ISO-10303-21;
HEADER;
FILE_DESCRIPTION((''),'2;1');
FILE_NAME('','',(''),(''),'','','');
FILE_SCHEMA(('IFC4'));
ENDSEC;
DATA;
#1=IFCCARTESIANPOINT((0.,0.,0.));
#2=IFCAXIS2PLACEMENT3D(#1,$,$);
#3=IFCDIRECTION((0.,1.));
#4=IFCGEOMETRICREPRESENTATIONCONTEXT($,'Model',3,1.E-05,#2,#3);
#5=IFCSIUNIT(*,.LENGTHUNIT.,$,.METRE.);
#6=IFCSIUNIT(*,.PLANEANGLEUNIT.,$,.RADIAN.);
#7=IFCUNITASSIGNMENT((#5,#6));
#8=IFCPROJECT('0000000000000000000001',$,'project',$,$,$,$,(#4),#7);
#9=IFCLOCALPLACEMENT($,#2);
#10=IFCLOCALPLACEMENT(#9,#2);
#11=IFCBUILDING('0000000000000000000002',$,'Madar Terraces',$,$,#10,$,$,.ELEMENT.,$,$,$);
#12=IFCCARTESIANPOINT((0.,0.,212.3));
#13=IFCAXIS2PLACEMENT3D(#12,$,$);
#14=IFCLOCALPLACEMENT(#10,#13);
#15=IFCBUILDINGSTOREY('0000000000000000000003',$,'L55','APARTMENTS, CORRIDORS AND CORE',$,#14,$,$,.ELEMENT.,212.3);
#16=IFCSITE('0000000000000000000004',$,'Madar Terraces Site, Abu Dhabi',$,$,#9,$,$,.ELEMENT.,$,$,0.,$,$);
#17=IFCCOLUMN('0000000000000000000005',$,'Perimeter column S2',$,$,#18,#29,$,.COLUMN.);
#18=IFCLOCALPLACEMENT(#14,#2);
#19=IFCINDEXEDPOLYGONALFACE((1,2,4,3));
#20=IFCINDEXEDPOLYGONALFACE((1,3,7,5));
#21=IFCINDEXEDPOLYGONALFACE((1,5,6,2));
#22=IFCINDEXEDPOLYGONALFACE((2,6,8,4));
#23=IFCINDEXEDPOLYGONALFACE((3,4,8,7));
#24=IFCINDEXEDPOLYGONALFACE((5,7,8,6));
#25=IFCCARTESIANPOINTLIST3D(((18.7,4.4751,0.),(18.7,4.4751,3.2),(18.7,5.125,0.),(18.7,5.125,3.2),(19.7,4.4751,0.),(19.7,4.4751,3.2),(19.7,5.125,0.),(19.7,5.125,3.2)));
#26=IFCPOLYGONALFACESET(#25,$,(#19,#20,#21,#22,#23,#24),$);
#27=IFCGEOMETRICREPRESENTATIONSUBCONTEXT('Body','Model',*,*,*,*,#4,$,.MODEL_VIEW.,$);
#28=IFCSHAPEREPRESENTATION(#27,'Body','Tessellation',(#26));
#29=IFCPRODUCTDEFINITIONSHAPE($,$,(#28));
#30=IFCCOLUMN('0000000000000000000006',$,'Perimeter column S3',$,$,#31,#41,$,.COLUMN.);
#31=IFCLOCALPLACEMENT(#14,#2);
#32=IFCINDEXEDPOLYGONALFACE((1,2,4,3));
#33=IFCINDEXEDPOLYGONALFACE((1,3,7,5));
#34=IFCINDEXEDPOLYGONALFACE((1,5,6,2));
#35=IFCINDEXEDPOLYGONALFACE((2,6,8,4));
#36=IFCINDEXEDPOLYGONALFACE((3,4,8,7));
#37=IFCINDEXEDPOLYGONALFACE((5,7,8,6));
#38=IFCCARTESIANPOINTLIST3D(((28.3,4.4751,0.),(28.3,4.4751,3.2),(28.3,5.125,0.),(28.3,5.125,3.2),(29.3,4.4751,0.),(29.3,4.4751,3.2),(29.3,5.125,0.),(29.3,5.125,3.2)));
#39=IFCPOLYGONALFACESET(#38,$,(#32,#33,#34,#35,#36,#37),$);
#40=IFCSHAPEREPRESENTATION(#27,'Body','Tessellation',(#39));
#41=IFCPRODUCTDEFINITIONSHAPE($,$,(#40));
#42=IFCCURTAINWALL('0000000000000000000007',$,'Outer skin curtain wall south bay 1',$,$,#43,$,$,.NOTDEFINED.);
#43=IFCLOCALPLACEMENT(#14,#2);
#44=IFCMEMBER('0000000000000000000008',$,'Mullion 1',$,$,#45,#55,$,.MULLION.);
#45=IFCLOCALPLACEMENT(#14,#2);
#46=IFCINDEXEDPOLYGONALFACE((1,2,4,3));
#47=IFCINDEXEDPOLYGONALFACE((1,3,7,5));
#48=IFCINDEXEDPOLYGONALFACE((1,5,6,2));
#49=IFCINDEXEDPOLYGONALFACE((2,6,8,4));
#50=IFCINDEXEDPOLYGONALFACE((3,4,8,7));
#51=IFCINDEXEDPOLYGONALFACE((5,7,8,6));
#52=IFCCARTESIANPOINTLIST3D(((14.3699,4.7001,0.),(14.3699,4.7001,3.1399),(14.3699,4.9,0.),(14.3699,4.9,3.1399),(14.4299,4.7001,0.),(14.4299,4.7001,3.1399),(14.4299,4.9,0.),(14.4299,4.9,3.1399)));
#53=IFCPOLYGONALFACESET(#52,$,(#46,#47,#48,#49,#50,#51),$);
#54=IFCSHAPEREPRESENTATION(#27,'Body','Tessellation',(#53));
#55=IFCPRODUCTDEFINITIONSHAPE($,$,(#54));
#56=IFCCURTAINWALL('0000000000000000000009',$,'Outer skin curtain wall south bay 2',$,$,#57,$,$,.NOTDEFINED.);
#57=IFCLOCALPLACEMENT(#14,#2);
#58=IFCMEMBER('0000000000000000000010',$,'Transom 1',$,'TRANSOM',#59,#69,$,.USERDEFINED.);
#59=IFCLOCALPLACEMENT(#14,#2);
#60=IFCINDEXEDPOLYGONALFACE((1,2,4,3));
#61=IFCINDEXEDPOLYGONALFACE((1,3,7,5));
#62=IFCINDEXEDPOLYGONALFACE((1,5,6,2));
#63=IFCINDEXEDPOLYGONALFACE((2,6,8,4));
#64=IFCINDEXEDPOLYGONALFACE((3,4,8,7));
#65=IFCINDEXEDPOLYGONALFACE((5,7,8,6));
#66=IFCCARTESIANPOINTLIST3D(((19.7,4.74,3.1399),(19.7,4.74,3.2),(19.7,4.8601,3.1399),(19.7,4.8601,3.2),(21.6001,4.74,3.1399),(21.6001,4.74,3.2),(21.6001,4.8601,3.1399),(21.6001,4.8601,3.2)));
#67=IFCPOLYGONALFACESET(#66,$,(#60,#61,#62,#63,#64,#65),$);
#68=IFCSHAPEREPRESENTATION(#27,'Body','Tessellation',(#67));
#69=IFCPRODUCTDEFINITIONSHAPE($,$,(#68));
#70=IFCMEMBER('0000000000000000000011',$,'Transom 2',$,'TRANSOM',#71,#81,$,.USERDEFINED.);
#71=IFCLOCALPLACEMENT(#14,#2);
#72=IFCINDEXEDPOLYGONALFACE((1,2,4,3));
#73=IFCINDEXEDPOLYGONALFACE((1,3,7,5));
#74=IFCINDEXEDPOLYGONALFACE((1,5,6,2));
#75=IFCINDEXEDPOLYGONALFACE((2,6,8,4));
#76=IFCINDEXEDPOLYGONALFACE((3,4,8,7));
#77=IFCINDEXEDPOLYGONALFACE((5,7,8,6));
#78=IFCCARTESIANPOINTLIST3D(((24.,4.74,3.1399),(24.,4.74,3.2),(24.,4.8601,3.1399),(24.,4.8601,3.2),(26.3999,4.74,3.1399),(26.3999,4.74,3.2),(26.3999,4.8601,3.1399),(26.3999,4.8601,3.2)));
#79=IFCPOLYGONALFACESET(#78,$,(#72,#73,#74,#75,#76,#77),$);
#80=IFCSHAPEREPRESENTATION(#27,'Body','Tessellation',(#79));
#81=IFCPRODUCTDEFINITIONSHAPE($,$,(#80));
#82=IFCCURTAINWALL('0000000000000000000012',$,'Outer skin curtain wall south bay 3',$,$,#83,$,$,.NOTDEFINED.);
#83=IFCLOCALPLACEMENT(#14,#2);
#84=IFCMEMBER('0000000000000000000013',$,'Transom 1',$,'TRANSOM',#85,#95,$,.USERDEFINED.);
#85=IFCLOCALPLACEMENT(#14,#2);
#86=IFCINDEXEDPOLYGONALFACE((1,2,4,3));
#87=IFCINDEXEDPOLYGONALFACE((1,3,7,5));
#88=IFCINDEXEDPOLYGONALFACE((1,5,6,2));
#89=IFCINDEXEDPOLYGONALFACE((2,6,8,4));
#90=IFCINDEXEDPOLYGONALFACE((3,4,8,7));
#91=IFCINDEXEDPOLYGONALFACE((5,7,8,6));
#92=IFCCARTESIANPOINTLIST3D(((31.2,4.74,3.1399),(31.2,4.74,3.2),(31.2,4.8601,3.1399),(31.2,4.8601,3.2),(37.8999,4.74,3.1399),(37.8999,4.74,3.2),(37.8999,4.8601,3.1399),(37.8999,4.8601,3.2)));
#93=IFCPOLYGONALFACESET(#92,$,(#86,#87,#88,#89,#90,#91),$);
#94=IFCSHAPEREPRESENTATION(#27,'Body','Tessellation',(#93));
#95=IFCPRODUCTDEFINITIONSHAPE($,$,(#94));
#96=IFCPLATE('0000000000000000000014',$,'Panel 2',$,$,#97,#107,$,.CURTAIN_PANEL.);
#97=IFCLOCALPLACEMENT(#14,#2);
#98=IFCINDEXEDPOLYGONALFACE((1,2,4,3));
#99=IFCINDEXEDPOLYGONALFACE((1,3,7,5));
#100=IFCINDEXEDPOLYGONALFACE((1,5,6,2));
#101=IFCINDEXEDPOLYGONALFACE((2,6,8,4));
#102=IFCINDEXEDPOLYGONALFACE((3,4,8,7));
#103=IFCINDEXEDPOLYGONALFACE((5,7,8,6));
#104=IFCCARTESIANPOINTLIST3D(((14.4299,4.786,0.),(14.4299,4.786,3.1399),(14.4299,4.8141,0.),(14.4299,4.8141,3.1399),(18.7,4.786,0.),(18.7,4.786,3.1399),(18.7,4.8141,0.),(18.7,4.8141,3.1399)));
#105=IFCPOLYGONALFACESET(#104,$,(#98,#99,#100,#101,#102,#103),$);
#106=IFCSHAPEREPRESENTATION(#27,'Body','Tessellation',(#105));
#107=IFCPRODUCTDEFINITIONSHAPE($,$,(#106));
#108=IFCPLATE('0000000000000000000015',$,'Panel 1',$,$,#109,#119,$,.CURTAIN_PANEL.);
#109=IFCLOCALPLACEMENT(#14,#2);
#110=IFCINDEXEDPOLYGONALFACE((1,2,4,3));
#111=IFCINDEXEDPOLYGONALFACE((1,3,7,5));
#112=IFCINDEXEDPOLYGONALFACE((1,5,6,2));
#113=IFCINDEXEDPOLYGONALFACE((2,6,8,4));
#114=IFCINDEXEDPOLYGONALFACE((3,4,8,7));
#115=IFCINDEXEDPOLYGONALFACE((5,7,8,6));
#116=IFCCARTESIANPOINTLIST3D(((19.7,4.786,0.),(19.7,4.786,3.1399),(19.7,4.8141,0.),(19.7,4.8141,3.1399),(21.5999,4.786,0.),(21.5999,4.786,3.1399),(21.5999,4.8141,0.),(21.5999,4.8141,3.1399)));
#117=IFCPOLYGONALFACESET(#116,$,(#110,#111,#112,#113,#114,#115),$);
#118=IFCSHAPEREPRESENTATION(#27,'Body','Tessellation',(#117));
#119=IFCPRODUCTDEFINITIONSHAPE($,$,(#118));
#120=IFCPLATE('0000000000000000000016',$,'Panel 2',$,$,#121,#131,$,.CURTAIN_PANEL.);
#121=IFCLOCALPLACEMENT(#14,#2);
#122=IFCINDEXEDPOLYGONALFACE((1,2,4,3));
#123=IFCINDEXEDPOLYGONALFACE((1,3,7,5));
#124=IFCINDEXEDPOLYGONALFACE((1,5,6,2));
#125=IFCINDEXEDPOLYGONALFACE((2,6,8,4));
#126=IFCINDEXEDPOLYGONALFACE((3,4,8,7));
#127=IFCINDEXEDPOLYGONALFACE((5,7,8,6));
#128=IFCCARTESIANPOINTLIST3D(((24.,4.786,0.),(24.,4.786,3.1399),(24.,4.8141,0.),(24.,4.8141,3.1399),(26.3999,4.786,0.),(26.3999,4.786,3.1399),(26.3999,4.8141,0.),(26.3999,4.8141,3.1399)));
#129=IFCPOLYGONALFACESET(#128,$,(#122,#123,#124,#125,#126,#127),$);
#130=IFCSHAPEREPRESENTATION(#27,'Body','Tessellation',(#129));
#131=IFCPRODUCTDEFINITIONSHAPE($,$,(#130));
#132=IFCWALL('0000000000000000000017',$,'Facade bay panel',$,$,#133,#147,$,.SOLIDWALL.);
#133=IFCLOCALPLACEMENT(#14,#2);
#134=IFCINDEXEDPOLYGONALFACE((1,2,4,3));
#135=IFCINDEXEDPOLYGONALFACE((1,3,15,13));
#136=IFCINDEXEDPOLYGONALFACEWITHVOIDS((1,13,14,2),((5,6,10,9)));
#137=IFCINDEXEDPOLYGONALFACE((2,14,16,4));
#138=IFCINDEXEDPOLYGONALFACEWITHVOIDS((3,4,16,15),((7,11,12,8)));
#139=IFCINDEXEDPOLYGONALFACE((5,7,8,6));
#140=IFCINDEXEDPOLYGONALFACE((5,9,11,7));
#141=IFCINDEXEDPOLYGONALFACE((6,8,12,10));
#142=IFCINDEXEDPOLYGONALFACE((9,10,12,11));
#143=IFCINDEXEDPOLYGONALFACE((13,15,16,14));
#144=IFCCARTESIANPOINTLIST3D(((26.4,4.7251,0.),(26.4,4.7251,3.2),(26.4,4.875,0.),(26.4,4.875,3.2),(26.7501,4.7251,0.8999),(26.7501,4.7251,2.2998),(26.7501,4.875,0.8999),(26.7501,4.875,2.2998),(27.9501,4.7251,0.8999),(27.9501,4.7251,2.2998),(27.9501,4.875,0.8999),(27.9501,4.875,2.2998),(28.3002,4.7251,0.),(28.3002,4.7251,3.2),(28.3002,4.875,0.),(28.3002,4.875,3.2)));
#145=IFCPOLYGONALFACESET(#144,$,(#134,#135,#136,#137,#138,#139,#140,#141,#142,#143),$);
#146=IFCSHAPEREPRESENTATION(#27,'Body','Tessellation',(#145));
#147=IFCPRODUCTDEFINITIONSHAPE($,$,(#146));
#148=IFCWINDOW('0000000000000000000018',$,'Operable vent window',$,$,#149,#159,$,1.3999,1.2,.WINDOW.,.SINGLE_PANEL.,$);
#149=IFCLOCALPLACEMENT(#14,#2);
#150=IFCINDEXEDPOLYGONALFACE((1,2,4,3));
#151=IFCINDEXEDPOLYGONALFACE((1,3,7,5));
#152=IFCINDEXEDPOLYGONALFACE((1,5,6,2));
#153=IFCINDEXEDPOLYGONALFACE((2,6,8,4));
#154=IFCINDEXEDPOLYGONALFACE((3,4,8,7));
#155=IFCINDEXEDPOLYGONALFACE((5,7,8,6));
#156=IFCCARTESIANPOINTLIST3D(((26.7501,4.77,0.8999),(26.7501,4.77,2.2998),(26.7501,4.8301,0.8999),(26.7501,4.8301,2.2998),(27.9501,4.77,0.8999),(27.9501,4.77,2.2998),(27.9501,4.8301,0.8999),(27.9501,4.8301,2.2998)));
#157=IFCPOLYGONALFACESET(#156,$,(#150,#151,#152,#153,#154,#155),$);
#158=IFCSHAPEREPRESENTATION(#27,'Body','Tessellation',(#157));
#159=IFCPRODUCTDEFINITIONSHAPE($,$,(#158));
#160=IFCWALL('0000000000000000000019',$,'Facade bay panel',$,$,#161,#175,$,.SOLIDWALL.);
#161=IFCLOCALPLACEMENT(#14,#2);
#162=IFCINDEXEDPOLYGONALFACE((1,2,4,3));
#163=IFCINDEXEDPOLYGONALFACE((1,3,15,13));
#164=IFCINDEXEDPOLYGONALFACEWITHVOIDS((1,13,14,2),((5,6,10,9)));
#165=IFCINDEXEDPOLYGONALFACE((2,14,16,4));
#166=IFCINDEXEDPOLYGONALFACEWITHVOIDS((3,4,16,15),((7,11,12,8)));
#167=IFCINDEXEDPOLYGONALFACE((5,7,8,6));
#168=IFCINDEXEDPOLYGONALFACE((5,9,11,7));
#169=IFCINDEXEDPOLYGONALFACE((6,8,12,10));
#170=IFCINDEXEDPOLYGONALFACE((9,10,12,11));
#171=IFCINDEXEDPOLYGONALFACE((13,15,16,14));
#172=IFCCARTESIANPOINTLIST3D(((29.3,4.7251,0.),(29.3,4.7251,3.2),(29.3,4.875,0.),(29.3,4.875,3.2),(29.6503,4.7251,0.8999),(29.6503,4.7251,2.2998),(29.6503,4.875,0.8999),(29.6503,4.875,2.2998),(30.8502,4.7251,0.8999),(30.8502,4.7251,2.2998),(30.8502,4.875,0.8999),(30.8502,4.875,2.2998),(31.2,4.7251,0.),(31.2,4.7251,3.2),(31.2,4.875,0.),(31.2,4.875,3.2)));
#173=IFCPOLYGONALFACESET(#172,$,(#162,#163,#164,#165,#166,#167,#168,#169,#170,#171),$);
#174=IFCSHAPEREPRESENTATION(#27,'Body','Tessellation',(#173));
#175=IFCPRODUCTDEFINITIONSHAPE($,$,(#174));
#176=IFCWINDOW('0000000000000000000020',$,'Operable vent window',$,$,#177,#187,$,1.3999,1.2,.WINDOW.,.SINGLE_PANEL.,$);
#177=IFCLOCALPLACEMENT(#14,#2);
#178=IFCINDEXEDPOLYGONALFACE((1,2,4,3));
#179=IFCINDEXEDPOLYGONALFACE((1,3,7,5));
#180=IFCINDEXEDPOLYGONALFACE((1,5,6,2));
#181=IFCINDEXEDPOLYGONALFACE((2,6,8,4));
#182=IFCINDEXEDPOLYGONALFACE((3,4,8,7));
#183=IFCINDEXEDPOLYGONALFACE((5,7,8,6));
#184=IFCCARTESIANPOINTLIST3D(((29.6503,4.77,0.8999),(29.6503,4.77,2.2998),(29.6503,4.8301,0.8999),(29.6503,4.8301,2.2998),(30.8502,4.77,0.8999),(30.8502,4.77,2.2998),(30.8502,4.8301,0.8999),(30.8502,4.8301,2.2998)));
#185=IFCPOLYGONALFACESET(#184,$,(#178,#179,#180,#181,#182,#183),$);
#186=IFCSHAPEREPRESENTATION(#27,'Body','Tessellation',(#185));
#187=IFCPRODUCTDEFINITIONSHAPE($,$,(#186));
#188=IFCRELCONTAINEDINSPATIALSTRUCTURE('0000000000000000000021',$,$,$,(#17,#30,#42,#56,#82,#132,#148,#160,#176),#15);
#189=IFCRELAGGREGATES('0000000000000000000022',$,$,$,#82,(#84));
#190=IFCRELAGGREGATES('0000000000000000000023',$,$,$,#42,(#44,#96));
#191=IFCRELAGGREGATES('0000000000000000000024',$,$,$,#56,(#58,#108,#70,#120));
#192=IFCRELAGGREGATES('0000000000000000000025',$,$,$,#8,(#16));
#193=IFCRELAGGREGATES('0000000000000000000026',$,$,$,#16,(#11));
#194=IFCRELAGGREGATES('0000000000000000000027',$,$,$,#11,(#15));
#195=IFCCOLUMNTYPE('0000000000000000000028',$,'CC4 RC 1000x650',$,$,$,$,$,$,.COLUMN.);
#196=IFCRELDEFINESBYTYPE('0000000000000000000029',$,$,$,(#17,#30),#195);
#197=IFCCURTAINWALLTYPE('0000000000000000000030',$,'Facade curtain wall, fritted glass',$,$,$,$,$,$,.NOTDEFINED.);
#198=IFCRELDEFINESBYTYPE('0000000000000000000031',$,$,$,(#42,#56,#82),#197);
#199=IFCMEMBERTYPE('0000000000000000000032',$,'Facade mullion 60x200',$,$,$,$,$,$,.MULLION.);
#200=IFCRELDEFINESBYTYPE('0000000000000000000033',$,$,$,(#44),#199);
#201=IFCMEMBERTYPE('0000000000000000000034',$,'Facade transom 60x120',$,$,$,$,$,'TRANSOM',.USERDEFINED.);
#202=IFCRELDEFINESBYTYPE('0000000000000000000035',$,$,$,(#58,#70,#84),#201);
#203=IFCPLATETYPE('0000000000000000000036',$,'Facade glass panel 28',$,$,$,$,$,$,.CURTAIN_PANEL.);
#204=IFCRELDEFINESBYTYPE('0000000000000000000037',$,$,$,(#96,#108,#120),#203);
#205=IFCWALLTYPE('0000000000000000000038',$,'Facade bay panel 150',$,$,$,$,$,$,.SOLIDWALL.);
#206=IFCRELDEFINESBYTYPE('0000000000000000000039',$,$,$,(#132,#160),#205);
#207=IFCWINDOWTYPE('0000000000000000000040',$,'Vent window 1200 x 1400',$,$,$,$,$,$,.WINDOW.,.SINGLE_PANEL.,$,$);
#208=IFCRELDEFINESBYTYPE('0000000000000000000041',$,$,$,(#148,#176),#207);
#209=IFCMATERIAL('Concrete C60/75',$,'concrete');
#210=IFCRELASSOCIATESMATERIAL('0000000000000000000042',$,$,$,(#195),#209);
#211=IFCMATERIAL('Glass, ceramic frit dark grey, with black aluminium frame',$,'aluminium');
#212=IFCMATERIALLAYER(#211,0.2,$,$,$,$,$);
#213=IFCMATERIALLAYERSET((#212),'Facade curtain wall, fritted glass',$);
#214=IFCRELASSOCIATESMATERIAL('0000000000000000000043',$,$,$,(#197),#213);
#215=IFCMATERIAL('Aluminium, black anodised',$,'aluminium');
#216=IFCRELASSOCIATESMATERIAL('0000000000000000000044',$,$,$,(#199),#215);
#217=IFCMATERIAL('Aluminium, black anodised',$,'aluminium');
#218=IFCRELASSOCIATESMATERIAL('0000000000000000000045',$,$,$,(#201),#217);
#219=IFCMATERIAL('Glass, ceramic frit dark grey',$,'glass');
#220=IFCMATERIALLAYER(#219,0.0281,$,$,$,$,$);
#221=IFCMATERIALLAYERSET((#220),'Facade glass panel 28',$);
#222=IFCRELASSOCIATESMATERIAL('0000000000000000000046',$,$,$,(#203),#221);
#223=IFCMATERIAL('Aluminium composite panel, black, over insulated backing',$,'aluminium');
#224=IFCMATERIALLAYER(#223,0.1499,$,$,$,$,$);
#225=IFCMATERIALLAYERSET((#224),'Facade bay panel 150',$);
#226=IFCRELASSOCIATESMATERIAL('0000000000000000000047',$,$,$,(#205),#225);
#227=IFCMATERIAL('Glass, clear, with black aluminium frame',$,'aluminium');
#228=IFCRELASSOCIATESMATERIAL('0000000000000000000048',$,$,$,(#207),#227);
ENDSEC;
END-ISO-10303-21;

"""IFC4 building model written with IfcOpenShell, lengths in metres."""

from ifc_helpers import new_model, si_unit, direction, frame, frame_2d, origin, origin_2d, place, context, subcontext, project, spatial, rectangle, extrude, material, layer, layer_set, material_profile, profile_set, type_object, element, fill, aggregate, save


model = new_model("IFC4")

# Units and contexts
model_context = context("Model", 3, precision=1e-05, world=origin(), true_north=direction((0.0, 1.0)))
body_context = subcontext(model_context, "Body", "Model", "MODEL_VIEW")
ifc_project = project(units=[si_unit("LENGTHUNIT", "METRE"), si_unit("PLANEANGLEUNIT", "RADIAN")], contexts=[model_context])

# Site, building, storey
site_placement = place(None, origin())
site = spatial("IfcSite", under=ifc_project, at=site_placement, Name="Madar Terraces Site, Abu Dhabi", CompositionType="ELEMENT", RefElevation=0.0)
building_placement = place(site_placement, origin())
building = spatial("IfcBuilding", under=site, at=building_placement, Name="Madar Terraces", CompositionType="ELEMENT")
storey_placement = place(building_placement, frame((0.0, 0.0, 212.3)))
storey = spatial("IfcBuildingStorey", under=building, at=storey_placement, Name="L55", Description="APARTMENTS, CORRIDORS AND CORE", CompositionType="ELEMENT", Elevation=212.3)

# Columns
ifc_material_1 = material(Name="Concrete C60/75", Category="concrete")
ifc_material_profile_1 = material_profile(ifc_material_1, rectangle(XDim=1.0, YDim=0.6499, at=origin_2d()), Name="CC4 RC 1000x650")
ifc_profile_set_1 = profile_set([ifc_material_profile_1], Name="Concrete C60/75")
column_type = type_object("IfcColumnType", Name="CC4 RC 1000x650", PredefinedType="COLUMN", material=ifc_profile_set_1)
for number, where, z_axis, x_axis, name in (
    (1, (19.2, 4.8, 0.0), (0.0, 0.0, 1.0), (1.0, 0.0, 0.0), "Perimeter column S2"),
    (2, (28.8, 4.8, 0.0), (0.0, 0.0, 1.0), (1.0, 0.0, 0.0), "Perimeter column S3"),
):
    element("IfcColumn", number, at=place(storey_placement, frame(where, z_axis=z_axis, x_axis=x_axis)), inside=storey, type_object=column_type, Name=name, PredefinedType="COLUMN", context=body_context, shape_type="SweptSolid", body=[
        extrude(rectangle(XDim=1.0, YDim=0.6499, at=origin_2d()), origin(), (0.0, 0.0, 1.0), 3.2),
    ])

# Curtain wall, member
ifc_material_2 = material(Name="Glass, ceramic frit dark grey, with black aluminium frame", Category="aluminium")
ifc_layer_1 = layer(ifc_material_2, 0.2)
ifc_layer_set_1 = layer_set([ifc_layer_1], Name="Facade curtain wall, fritted glass")
curtain_wall_type = type_object("IfcCurtainWallType", Name="Facade curtain wall, fritted glass", PredefinedType="NOTDEFINED", material=ifc_layer_set_1)
curtain_wall_1_placement = place(storey_placement, origin())
curtain_wall_1 = element("IfcCurtainWall", 3, at=curtain_wall_1_placement, inside=storey, type_object=curtain_wall_type, Name="Outer skin curtain wall south bay 1", PredefinedType="NOTDEFINED")
ifc_material_3 = material(Name="Aluminium, black anodised", Category="aluminium")
ifc_material_profile_2 = material_profile(ifc_material_3, rectangle(XDim=0.2, YDim=0.0601, at=origin_2d()), Name="Facade mullion 60x200")
ifc_profile_set_2 = profile_set([ifc_material_profile_2], Name="Aluminium, black anodised")
member_type_1 = type_object("IfcMemberType", Name="Facade mullion 60x200", PredefinedType="MULLION", material=ifc_profile_set_2)
member_1_placement = place(storey_placement, frame((14.3999, 4.8, 0.0), z_axis=(0.0, 0.0, 1.0), x_axis=(0.0, 1.0, 0.0)))
member_1 = element("IfcMember", 4, at=member_1_placement, type_object=member_type_1, Name="Mullion 1", PredefinedType="MULLION", context=body_context, shape_type="SweptSolid", body=[
    extrude(rectangle(XDim=0.2, YDim=0.0601, at=origin_2d()), origin(), (0.0, 0.0, 1.0), 3.1399),
])

# Curtain wall, members
curtain_wall_2_placement = place(storey_placement, origin())
curtain_wall_2 = element("IfcCurtainWall", 5, at=curtain_wall_2_placement, inside=storey, type_object=curtain_wall_type, Name="Outer skin curtain wall south bay 2", PredefinedType="NOTDEFINED")
ifc_material_4 = material(Name="Aluminium, black anodised", Category="aluminium")
ifc_material_profile_3 = material_profile(ifc_material_4, rectangle(XDim=0.1201, YDim=0.0601, at=origin_2d()), Name="Facade transom 60x120")
ifc_profile_set_3 = profile_set([ifc_material_profile_3], Name="Aluminium, black anodised")
member_type_2 = type_object("IfcMemberType", Name="Facade transom 60x120", ElementType="TRANSOM", PredefinedType="USERDEFINED", material=ifc_profile_set_3)
member_2_placement = place(storey_placement, frame((19.7, 4.8, 3.1699), z_axis=(1.0, 0.0, 0.0), x_axis=(0.0, 1.0, 0.0)))
member_2 = element("IfcMember", 6, at=member_2_placement, type_object=member_type_2, Name="Transom 1", ObjectType="TRANSOM", PredefinedType="USERDEFINED", context=body_context, shape_type="SweptSolid", body=[
    extrude(rectangle(XDim=0.1201, YDim=0.0601, at=origin_2d()), origin(), (0.0, 0.0, 1.0), 1.9001),
])
member_3_placement = place(storey_placement, frame((24.0, 4.8, 3.1699), z_axis=(1.0, 0.0, 0.0), x_axis=(0.0, 1.0, 0.0)))
member_3 = element("IfcMember", 7, at=member_3_placement, type_object=member_type_2, Name="Transom 2", ObjectType="TRANSOM", PredefinedType="USERDEFINED", context=body_context, shape_type="SweptSolid", body=[
    extrude(rectangle(XDim=0.1201, YDim=0.0601, at=origin_2d()), origin(), (0.0, 0.0, 1.0), 2.3999),
])

# Curtain wall, member
curtain_wall_3_placement = place(storey_placement, origin())
curtain_wall_3 = element("IfcCurtainWall", 8, at=curtain_wall_3_placement, inside=storey, type_object=curtain_wall_type, Name="Outer skin curtain wall south bay 3", PredefinedType="NOTDEFINED")
member_4_placement = place(storey_placement, frame((31.2, 4.8, 3.1699), z_axis=(1.0, 0.0, 0.0), x_axis=(0.0, 1.0, 0.0)))
member_4 = element("IfcMember", 9, at=member_4_placement, type_object=member_type_2, Name="Transom 1", ObjectType="TRANSOM", PredefinedType="USERDEFINED", context=body_context, shape_type="SweptSolid", body=[
    extrude(rectangle(XDim=0.1201, YDim=0.0601, at=origin_2d()), origin(), (0.0, 0.0, 1.0), 6.7),
])
aggregate(curtain_wall_3, [member_4])

# Plates
ifc_material_5 = material(Name="Glass, ceramic frit dark grey", Category="glass")
ifc_layer_2 = layer(ifc_material_5, 0.0281)
ifc_layer_set_2 = layer_set([ifc_layer_2], Name="Facade glass panel 28")
plate_type = type_object("IfcPlateType", Name="Facade glass panel 28", PredefinedType="CURTAIN_PANEL", material=ifc_layer_set_2)
plate_1_placement = place(storey_placement, frame((16.5649, 4.8, 0.0), z_axis=(0.0, 0.0, 1.0), x_axis=(1.0, 0.0, 0.0)))
plate_1 = element("IfcPlate", 10, at=plate_1_placement, type_object=plate_type, Name="Panel 2", PredefinedType="CURTAIN_PANEL", context=body_context, shape_type="SweptSolid", body=[
    extrude(rectangle(XDim=4.27, YDim=0.0281, at=origin_2d()), origin(), (0.0, 0.0, 1.0), 3.1399),
])
aggregate(curtain_wall_1, [member_1, plate_1])
plate_2_placement = place(storey_placement, frame((20.6499, 4.8, 0.0), z_axis=(0.0, 0.0, 1.0), x_axis=(1.0, 0.0, 0.0)))
plate_2 = element("IfcPlate", 11, at=plate_2_placement, type_object=plate_type, Name="Panel 1", PredefinedType="CURTAIN_PANEL", context=body_context, shape_type="SweptSolid", body=[
    extrude(rectangle(XDim=1.8999, YDim=0.0281, at=origin_2d()), origin(), (0.0, 0.0, 1.0), 3.1399),
])
plate_3_placement = place(storey_placement, frame((25.2, 4.8, 0.0), z_axis=(0.0, 0.0, 1.0), x_axis=(1.0, 0.0, 0.0)))
plate_3 = element("IfcPlate", 12, at=plate_3_placement, type_object=plate_type, Name="Panel 2", PredefinedType="CURTAIN_PANEL", context=body_context, shape_type="SweptSolid", body=[
    extrude(rectangle(XDim=2.3999, YDim=0.0281, at=origin_2d()), origin(), (0.0, 0.0, 1.0), 3.1399),
])
aggregate(curtain_wall_2, [member_2, plate_2, member_3, plate_3])

# Shared definitions
ifc_material_6 = material(Name="Aluminium composite panel, black, over insulated backing", Category="aluminium")
ifc_layer_3 = layer(ifc_material_6, 0.1499)
ifc_layer_set_3 = layer_set([ifc_layer_3], Name="Facade bay panel 150")
wall_type_1 = type_object("IfcWallType", Name="Facade bay panel 150", PredefinedType="SOLIDWALL", material=ifc_layer_set_3)

# Walls, openings, windows
wall_1_placement = place(storey_placement, frame((26.3999, 4.8, 0.0), z_axis=(0.0, 0.0, 1.0), x_axis=(1.0, 0.0, 0.0)))
wall_1 = element("IfcWall", 13, at=wall_1_placement, inside=storey, type_object=wall_type_1, Name="Facade bay panel", PredefinedType="SOLIDWALL", context=body_context, shape_type="SweptSolid", body=[
    extrude(rectangle(XDim=1.9001, YDim=0.1499, at=frame_2d((0.9502, 0.0))), origin(), (0.0, 0.0, 1.0), 3.2),
])
opening_1_placement = place(wall_1_placement, frame((0.3501, 0.0, 0.8999)))
opening_1 = element("IfcOpeningElement", 14, at=opening_1_placement, cuts=wall_1, PredefinedType="OPENING", context=body_context, shape_type="SweptSolid", body=[
    extrude(rectangle(XDim=1.2, YDim=1.3999, at=frame_2d((0.6001, 0.7))), frame((0.0, 0.085, 0.0), z_axis=(0.0, -1.0, 0.0), x_axis=(1.0, 0.0, 0.0)), (0.0, 0.0, 1.0), 0.1699),
])
ifc_material_7 = material(Name="Glass, clear, with black aluminium frame", Category="aluminium")
window_type = type_object("IfcWindowType", Name="Vent window 1200 x 1400", PartitioningType="SINGLE_PANEL", PredefinedType="WINDOW", material=ifc_material_7)
window_1_placement = place(opening_1_placement, origin())
window_1 = element("IfcWindow", 15, at=window_1_placement, inside=storey, type_object=window_type, Name="Operable vent window", OverallHeight=1.3999, OverallWidth=1.2, PartitioningType="SINGLE_PANEL", PredefinedType="WINDOW", context=body_context, shape_type="SweptSolid", body=[
    extrude(rectangle(XDim=1.2, YDim=1.3999, at=frame_2d((0.6001, 0.7))), frame((0.0, 0.03, 0.0), z_axis=(0.0, -1.0, 0.0), x_axis=(1.0, 0.0, 0.0)), (0.0, 0.0, 1.0), 0.0601),
])
fill(opening_1, window_1)
wall_2_placement = place(storey_placement, frame((29.3, 4.8, 0.0), z_axis=(0.0, 0.0, 1.0), x_axis=(1.0, 0.0, 0.0)))
wall_2 = element("IfcWall", 16, at=wall_2_placement, inside=storey, type_object=wall_type_1, Name="Facade bay panel", PredefinedType="SOLIDWALL", context=body_context, shape_type="SweptSolid", body=[
    extrude(rectangle(XDim=1.8999, YDim=0.1499, at=frame_2d((0.95, 0.0))), origin(), (0.0, 0.0, 1.0), 3.2),
])
opening_2_placement = place(wall_2_placement, frame((0.3501, 0.0, 0.8999)))
opening_2 = element("IfcOpeningElement", 17, at=opening_2_placement, cuts=wall_2, PredefinedType="OPENING", context=body_context, shape_type="SweptSolid", body=[
    extrude(rectangle(XDim=1.2, YDim=1.3999, at=frame_2d((0.6001, 0.7))), frame((0.0, 0.085, 0.0), z_axis=(0.0, -1.0, 0.0), x_axis=(1.0, 0.0, 0.0)), (0.0, 0.0, 1.0), 0.1699),
])
window_2_placement = place(opening_2_placement, origin())
window_2 = element("IfcWindow", 18, at=window_2_placement, inside=storey, type_object=window_type, Name="Operable vent window", OverallHeight=1.3999, OverallWidth=1.2, PartitioningType="SINGLE_PANEL", PredefinedType="WINDOW", context=body_context, shape_type="SweptSolid", body=[
    extrude(rectangle(XDim=1.2, YDim=1.3999, at=frame_2d((0.6001, 0.7))), frame((0.0, 0.03, 0.0), z_axis=(0.0, -1.0, 0.0), x_axis=(1.0, 0.0, 0.0)), (0.0, 0.0, 1.0), 0.0601),
])
fill(opening_2, window_2)

save(model, "model.ifc")
